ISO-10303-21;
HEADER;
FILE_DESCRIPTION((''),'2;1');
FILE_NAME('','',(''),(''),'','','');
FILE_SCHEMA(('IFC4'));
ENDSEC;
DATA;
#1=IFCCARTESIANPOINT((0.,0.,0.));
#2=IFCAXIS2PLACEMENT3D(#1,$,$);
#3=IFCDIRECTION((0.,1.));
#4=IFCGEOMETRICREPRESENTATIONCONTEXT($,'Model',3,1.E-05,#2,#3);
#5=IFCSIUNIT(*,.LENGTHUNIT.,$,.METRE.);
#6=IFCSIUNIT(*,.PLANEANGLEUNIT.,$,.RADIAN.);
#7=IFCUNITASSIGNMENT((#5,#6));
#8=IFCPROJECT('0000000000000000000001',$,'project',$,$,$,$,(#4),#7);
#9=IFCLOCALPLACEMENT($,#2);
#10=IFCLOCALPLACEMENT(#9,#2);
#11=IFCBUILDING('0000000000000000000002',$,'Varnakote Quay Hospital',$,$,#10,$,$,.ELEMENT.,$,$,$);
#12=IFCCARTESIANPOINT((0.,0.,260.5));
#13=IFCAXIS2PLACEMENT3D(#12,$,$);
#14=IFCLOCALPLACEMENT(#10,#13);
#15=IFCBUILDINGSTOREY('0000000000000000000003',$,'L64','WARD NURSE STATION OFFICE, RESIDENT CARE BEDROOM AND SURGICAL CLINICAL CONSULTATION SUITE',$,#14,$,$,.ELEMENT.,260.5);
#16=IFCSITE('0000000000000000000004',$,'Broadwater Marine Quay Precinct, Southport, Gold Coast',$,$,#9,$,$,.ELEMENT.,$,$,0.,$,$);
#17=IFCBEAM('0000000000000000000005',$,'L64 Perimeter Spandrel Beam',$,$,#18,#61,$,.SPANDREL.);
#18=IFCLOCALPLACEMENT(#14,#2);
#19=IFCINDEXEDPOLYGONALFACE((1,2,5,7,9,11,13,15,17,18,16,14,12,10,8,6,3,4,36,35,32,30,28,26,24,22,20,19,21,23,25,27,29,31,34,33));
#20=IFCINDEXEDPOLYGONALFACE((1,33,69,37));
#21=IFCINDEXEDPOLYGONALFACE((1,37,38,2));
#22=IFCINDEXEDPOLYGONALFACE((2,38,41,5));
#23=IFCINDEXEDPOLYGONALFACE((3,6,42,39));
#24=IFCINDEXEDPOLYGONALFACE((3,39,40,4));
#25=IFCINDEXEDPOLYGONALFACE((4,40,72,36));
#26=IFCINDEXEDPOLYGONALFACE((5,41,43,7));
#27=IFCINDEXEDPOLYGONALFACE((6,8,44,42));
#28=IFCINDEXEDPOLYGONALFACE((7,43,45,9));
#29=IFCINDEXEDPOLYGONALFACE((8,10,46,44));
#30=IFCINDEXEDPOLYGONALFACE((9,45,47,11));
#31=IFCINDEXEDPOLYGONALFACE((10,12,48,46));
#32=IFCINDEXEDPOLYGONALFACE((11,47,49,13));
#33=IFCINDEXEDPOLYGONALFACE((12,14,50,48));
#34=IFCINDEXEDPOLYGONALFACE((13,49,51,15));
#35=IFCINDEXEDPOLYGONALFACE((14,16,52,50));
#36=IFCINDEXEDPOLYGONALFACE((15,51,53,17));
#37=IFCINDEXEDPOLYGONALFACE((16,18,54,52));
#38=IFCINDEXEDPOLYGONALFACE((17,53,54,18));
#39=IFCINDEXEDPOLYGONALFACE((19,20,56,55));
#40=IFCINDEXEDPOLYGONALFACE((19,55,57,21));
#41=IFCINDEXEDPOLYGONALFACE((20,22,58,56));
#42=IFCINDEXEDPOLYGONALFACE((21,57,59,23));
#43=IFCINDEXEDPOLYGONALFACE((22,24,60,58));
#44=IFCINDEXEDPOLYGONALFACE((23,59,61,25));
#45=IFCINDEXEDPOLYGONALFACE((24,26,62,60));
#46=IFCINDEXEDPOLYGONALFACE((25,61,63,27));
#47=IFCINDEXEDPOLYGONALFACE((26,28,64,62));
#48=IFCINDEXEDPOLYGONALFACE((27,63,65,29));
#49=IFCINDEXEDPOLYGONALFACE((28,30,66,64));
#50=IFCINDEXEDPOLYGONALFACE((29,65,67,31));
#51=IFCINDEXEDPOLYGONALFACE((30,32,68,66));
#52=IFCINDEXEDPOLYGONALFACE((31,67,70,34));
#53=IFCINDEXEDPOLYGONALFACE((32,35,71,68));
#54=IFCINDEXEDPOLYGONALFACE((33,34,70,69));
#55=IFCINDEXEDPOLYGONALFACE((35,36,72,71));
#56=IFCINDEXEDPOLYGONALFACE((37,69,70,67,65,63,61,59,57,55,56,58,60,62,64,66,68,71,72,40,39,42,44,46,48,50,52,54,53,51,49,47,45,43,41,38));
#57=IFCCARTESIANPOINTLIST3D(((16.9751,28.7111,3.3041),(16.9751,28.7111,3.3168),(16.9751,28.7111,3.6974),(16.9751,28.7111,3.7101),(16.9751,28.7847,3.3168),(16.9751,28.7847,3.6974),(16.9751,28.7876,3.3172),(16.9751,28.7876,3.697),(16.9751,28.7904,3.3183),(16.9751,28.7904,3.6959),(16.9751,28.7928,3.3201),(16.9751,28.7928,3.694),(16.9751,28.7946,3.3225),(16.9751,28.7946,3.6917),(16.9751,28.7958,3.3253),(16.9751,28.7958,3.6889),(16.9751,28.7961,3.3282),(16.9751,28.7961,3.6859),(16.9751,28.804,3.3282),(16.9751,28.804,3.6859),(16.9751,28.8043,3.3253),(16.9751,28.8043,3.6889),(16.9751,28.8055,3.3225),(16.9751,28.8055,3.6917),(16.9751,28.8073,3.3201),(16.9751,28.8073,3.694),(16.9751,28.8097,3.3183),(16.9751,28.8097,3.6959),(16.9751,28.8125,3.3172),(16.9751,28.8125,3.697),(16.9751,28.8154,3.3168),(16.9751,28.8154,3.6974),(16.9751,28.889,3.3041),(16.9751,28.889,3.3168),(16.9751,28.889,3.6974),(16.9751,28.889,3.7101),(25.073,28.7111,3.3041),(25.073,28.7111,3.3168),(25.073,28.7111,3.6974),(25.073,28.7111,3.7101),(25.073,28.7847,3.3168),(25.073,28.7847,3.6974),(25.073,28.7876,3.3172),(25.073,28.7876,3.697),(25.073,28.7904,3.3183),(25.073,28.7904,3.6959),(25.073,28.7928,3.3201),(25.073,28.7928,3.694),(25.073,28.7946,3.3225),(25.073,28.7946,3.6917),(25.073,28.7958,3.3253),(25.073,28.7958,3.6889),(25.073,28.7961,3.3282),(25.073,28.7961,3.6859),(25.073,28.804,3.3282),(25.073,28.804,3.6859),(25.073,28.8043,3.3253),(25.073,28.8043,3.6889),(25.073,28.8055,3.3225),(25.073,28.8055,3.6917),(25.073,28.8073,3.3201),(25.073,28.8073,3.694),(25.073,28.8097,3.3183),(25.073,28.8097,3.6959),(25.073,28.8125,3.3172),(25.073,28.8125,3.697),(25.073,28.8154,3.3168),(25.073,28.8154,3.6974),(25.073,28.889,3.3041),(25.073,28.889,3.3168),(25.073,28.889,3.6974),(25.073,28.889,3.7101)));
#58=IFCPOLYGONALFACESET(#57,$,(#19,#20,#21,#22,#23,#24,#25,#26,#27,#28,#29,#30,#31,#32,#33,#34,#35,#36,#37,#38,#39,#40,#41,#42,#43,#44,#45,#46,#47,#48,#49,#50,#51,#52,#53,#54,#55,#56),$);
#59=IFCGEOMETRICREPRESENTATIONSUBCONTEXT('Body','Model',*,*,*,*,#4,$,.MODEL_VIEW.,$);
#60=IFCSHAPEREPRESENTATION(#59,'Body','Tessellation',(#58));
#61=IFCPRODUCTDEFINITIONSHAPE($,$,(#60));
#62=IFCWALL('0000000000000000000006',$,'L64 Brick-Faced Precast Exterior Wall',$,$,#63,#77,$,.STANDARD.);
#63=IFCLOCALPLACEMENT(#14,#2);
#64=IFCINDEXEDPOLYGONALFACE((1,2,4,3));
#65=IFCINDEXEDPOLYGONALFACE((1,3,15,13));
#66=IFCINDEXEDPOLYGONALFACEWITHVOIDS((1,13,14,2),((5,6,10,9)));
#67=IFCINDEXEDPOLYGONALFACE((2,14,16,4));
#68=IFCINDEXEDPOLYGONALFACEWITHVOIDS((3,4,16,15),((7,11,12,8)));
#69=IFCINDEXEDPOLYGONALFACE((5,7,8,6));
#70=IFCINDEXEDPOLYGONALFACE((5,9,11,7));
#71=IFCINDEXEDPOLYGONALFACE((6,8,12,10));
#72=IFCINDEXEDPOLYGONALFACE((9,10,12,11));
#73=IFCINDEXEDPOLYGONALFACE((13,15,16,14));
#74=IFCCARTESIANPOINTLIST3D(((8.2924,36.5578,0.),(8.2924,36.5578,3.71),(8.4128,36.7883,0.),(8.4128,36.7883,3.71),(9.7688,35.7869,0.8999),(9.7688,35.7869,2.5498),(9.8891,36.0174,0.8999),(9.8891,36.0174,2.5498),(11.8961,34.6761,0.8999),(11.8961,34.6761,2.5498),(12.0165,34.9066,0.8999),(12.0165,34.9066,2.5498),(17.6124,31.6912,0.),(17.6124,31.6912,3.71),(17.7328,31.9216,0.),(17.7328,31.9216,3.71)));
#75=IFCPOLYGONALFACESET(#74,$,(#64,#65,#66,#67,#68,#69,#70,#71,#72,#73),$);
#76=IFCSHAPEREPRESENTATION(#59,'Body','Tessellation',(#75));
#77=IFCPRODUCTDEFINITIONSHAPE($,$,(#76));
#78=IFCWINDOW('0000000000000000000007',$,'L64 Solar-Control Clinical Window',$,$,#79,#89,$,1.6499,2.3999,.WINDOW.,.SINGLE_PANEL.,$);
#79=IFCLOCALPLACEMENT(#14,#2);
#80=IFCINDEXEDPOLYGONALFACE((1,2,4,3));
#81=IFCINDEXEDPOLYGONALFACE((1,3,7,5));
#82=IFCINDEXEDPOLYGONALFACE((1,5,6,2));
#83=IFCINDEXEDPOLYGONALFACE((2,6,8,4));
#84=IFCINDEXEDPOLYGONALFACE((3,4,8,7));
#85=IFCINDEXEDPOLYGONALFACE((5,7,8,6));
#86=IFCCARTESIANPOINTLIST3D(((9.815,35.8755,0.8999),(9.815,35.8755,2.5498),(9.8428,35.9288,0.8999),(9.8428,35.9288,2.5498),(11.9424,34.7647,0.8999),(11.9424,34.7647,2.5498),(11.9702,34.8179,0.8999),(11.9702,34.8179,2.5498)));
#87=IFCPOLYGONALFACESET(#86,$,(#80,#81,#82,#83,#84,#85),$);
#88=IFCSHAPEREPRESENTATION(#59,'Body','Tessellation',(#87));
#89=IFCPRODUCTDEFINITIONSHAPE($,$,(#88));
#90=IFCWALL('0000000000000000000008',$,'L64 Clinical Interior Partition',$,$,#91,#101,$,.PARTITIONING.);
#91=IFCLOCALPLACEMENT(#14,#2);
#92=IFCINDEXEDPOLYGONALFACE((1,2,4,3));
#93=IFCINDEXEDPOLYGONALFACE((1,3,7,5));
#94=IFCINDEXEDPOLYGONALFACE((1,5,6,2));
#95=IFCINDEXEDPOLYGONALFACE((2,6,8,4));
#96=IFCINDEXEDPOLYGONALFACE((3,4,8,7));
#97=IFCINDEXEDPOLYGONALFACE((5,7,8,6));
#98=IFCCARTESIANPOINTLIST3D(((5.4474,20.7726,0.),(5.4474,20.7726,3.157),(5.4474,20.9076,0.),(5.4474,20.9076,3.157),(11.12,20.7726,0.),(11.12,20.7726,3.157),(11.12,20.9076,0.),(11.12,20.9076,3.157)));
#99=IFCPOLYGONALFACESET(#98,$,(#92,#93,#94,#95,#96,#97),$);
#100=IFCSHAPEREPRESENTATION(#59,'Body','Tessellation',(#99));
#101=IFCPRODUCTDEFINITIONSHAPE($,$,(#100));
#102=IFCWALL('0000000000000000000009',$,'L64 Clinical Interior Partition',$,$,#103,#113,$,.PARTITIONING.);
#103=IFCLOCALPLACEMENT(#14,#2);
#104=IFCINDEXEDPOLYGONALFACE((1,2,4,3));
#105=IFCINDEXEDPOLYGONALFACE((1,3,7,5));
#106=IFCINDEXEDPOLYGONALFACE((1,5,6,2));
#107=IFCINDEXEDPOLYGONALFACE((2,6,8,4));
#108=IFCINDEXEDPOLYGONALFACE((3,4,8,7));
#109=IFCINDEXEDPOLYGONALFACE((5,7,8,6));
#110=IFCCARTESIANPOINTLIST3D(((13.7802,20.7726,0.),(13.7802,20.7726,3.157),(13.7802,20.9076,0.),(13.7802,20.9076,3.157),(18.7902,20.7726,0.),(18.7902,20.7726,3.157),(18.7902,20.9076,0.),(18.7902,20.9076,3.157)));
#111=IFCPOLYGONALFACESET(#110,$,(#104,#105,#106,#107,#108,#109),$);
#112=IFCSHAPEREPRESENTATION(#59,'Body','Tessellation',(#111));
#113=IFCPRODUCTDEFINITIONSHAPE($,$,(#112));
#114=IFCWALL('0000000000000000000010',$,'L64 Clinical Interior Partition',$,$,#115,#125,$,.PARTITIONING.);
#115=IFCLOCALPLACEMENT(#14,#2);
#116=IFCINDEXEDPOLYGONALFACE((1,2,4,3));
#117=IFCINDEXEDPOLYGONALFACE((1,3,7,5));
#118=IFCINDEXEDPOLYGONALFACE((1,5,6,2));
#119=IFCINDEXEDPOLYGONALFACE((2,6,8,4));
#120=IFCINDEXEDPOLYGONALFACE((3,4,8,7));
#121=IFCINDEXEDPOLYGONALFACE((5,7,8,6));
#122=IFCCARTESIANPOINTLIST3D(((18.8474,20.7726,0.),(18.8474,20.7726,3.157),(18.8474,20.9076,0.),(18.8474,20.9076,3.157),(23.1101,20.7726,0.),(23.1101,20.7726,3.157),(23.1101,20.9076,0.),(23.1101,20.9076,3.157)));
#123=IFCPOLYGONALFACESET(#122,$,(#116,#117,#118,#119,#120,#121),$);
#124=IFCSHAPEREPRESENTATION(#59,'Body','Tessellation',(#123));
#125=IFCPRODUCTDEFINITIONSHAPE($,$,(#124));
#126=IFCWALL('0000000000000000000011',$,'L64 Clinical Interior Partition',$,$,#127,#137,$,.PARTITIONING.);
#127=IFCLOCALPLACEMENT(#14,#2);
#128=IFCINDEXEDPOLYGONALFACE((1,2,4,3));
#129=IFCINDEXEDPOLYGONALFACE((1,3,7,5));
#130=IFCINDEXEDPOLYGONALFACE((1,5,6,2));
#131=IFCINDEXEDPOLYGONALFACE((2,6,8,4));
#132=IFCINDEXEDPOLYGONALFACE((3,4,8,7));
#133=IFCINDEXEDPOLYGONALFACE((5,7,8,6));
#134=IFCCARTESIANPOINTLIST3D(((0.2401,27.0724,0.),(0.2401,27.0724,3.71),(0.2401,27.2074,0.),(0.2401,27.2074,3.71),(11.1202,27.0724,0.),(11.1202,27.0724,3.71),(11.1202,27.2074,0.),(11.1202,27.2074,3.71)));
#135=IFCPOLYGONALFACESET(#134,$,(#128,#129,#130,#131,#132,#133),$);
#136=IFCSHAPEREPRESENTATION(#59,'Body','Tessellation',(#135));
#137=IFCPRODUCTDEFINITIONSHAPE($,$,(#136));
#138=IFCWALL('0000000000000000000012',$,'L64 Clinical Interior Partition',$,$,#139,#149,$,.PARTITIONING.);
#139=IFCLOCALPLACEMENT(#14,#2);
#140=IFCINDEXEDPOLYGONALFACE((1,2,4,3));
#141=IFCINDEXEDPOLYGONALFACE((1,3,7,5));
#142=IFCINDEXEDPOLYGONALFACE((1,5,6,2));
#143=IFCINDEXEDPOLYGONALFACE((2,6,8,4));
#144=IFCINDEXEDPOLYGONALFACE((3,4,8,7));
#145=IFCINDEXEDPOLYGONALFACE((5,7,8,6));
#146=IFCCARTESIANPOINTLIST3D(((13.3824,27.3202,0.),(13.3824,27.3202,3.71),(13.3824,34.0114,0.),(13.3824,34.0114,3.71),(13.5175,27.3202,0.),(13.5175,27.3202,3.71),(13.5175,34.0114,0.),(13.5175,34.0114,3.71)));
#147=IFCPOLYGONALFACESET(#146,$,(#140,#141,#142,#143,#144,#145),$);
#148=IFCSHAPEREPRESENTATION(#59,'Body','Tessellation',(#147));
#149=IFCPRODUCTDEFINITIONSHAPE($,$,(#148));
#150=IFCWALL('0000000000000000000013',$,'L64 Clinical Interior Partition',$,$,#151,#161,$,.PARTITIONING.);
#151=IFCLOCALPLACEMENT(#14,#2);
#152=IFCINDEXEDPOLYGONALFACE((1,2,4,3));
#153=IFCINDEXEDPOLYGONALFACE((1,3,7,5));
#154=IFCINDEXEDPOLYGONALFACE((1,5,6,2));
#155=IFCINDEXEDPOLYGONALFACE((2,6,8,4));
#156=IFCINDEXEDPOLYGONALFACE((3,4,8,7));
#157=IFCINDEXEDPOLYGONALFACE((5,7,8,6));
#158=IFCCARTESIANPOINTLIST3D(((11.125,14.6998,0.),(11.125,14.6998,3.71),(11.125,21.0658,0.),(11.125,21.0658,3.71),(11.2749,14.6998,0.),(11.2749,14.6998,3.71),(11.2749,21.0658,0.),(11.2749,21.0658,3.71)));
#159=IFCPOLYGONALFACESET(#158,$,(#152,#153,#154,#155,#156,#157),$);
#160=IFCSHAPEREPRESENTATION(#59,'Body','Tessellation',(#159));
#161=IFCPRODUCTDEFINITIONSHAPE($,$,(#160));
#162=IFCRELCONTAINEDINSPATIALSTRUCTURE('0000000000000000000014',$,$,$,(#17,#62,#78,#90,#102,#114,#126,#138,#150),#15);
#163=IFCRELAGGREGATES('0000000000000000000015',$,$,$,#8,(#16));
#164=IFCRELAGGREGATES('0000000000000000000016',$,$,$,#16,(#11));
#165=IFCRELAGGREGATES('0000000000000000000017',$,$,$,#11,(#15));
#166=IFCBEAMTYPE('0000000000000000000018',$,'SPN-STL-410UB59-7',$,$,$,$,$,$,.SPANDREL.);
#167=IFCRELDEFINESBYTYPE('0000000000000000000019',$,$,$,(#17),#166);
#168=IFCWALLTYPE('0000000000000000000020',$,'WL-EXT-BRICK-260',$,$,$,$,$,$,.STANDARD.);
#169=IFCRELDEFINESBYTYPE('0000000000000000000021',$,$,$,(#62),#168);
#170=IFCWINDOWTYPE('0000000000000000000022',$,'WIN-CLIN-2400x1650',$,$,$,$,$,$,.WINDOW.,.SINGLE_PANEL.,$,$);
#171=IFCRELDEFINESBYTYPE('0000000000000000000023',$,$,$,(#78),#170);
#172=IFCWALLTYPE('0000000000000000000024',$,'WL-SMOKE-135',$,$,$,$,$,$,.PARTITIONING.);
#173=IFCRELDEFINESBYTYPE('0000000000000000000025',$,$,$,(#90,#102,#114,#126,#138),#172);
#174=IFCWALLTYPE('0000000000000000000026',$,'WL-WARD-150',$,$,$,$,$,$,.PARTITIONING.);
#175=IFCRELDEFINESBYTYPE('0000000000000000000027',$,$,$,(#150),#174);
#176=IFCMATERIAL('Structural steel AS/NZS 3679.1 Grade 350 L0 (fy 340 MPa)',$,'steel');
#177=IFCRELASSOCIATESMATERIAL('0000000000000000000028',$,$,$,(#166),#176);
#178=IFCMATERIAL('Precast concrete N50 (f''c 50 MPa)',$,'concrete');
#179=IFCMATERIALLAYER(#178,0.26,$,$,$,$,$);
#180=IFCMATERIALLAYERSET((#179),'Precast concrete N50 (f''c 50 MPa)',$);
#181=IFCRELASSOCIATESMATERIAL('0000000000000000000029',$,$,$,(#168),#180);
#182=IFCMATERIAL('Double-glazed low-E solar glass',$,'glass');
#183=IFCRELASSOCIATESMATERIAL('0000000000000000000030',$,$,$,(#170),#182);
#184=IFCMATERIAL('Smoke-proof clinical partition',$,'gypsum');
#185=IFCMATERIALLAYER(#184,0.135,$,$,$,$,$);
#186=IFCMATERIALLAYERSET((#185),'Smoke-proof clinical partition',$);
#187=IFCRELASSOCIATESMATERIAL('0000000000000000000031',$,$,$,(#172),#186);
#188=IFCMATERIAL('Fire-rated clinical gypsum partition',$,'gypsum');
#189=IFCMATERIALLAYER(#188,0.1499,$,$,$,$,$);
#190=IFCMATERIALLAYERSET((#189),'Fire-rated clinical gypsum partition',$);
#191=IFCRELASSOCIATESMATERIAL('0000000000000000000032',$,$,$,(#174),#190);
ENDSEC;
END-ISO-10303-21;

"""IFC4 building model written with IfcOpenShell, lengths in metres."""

from ifc_helpers import new_model, si_unit, direction, frame, frame_2d, origin, origin_2d, place, context, subcontext, project, spatial, rectangle, i_section, extrude, material, layer, layer_set, material_profile, profile_set, type_object, element, fill, save


model = new_model("IFC4")

# Units and contexts
model_context = context("Model", 3, precision=1e-05, world=origin(), true_north=direction((0.0, 1.0)))
body_context = subcontext(model_context, "Body", "Model", "MODEL_VIEW")
ifc_project = project(units=[si_unit("LENGTHUNIT", "METRE"), si_unit("PLANEANGLEUNIT", "RADIAN")], contexts=[model_context])

# Site, building, storey
site_placement = place(None, origin())
site = spatial("IfcSite", under=ifc_project, at=site_placement, Name="Broadwater Marine Quay Precinct, Southport, Gold Coast", CompositionType="ELEMENT", RefElevation=0.0)
building_placement = place(site_placement, origin())
building = spatial("IfcBuilding", under=site, at=building_placement, Name="Varnakote Quay Hospital", CompositionType="ELEMENT")
storey_placement = place(building_placement, frame((0.0, 0.0, 260.5)))
storey = spatial("IfcBuildingStorey", under=building, at=storey_placement, Name="L64", Description="WARD NURSE STATION OFFICE, RESIDENT CARE BEDROOM AND SURGICAL CLINICAL CONSULTATION SUITE", CompositionType="ELEMENT", Elevation=260.5)

# Beam
ifc_material_1 = material(Name="Structural steel AS/NZS 3679.1 Grade 350 L0 (fy 340 MPa)", Category="steel")
ifc_material_profile_1 = material_profile(ifc_material_1, i_section(OverallWidth=0.178, OverallDepth=0.406, WebThickness=0.0078, FlangeThickness=0.0127, FilletRadius=0.0115, at=origin_2d()), Name="410UB59.7")
ifc_profile_set_1 = profile_set([ifc_material_profile_1], Name="Structural steel AS/NZS 3679.1 Grade 350 L0 (fy 340 MPa)")
beam_type_1 = type_object("IfcBeamType", Name="SPN-STL-410UB59-7", PredefinedType="SPANDREL", material=ifc_profile_set_1)
beam_1_placement = place(storey_placement, frame((16.9751, 28.8, 3.5071), z_axis=(1.0, 0.0, 0.0), x_axis=(0.0, 1.0, 0.0)))
element("IfcBeam", 1, at=beam_1_placement, inside=storey, type_object=beam_type_1, Name="L64 Perimeter Spandrel Beam", PredefinedType="SPANDREL", context=body_context, shape_type="SweptSolid", body=[
    extrude(i_section(OverallWidth=0.178, OverallDepth=0.406, WebThickness=0.0078, FlangeThickness=0.0127, FilletRadius=0.0115, at=origin_2d()), origin(), (0.0, 0.0, 1.0), 8.0979),
])

# Wall, opening, window
ifc_material_2 = material(Name="Precast concrete N50 (f'c 50 MPa)", Category="concrete")
ifc_layer_1 = layer(ifc_material_2, 0.26)
ifc_layer_set_1 = layer_set([ifc_layer_1], Name="Precast concrete N50 (f'c 50 MPa)")
wall_type_1 = type_object("IfcWallType", Name="WL-EXT-BRICK-260", PredefinedType="STANDARD", material=ifc_layer_set_1)
wall_1_placement = place(storey_placement, frame((17.6726, 31.8064, 0.0), z_axis=(0.0, 0.0, 1.0), x_axis=(-0.886427, 0.462869, 0.0)))
wall_1 = element("IfcWall", 2, at=wall_1_placement, inside=storey, type_object=wall_type_1, Name="L64 Brick-Faced Precast Exterior Wall", PredefinedType="STANDARD", context=body_context, shape_type="SweptSolid", body=[
    extrude(rectangle(XDim=10.5142, YDim=0.26, at=frame_2d((5.2571, 0.0))), origin(), (0.0, 0.0, 1.0), 3.71),
])
opening_1_placement = place(wall_1_placement, frame((6.4487, 0.0, 0.8999)))
opening_1 = element("IfcOpeningElement", 3, at=opening_1_placement, cuts=wall_1, PredefinedType="OPENING", context=body_context, shape_type="SweptSolid", body=[
    extrude(rectangle(XDim=2.3999, YDim=1.6499, at=frame_2d((1.2, 0.825))), frame((0.0, 0.1399, 0.0), z_axis=(0.0, -1.0, 0.0), x_axis=(1.0, 0.0, 0.0)), (0.0, 0.0, 1.0), 0.28),
])
ifc_material_3 = material(Name="Double-glazed low-E solar glass", Category="glass")
window_type = type_object("IfcWindowType", Name="WIN-CLIN-2400x1650", PartitioningType="SINGLE_PANEL", PredefinedType="WINDOW", material=ifc_material_3)
window_placement = place(opening_1_placement, origin())
window = element("IfcWindow", 4, at=window_placement, inside=storey, type_object=window_type, Name="L64 Solar-Control Clinical Window", OverallHeight=1.6499, OverallWidth=2.3999, PartitioningType="SINGLE_PANEL", PredefinedType="WINDOW", context=body_context, shape_type="SweptSolid", body=[
    extrude(rectangle(XDim=2.3999, YDim=1.6499, at=frame_2d((1.2, 0.825))), frame((0.0, 0.03, 0.0), z_axis=(0.0, -1.0, 0.0), x_axis=(1.0, 0.0, 0.0)), (0.0, 0.0, 1.0), 0.0601),
])
fill(opening_1, window)

# Walls
ifc_material_4 = material(Name="Smoke-proof clinical partition", Category="gypsum")
ifc_layer_2 = layer(ifc_material_4, 0.135)
ifc_layer_set_2 = layer_set([ifc_layer_2], Name="Smoke-proof clinical partition")
wall_type_2 = type_object("IfcWallType", Name="WL-SMOKE-135", PredefinedType="PARTITIONING", material=ifc_layer_set_2)
wall_2_placement = place(storey_placement, frame((11.1201, 20.8401, 0.0), z_axis=(0.0, 0.0, 1.0), x_axis=(-1.0, 0.0, 0.0)))
element("IfcWall", 5, at=wall_2_placement, inside=storey, type_object=wall_type_2, Name="L64 Clinical Interior Partition", PredefinedType="PARTITIONING", context=body_context, shape_type="SweptSolid", body=[
    extrude(rectangle(XDim=5.6726, YDim=0.135, at=frame_2d((2.8364, 0.0))), origin(), (0.0, 0.0, 1.0), 3.157),
])
wall_3_placement = place(storey_placement, frame((18.79, 20.8401, 0.0), z_axis=(0.0, 0.0, 1.0), x_axis=(-1.0, 0.0, 0.0)))
element("IfcWall", 6, at=wall_3_placement, inside=storey, type_object=wall_type_2, Name="L64 Clinical Interior Partition", PredefinedType="PARTITIONING", context=body_context, shape_type="SweptSolid", body=[
    extrude(rectangle(XDim=5.01, YDim=0.135, at=frame_2d((2.5049, 0.0))), origin(), (0.0, 0.0, 1.0), 3.157),
])
wall_4_placement = place(storey_placement, frame((23.1101, 20.8401, 0.0), z_axis=(0.0, 0.0, 1.0), x_axis=(-1.0, 0.0, 0.0)))
element("IfcWall", 7, at=wall_4_placement, inside=storey, type_object=wall_type_2, Name="L64 Clinical Interior Partition", PredefinedType="PARTITIONING", context=body_context, shape_type="SweptSolid", body=[
    extrude(rectangle(XDim=4.2627, YDim=0.135, at=frame_2d((2.1313, 0.0))), origin(), (0.0, 0.0, 1.0), 3.157),
])
wall_5_placement = place(storey_placement, frame((11.1201, 27.1399, 0.0), z_axis=(0.0, 0.0, 1.0), x_axis=(-1.0, 0.0, 0.0)))
element("IfcWall", 8, at=wall_5_placement, inside=storey, type_object=wall_type_2, Name="L64 Clinical Interior Partition", PredefinedType="PARTITIONING", context=body_context, shape_type="SweptSolid", body=[
    extrude(rectangle(XDim=10.8801, YDim=0.135, at=frame_2d((5.4399, 0.0))), origin(), (0.0, 0.0, 1.0), 3.71),
])
wall_6_placement = place(storey_placement, frame((13.45, 27.3201, 0.0), z_axis=(0.0, 0.0, 1.0), x_axis=(0.0, 1.0, 0.0)))
element("IfcWall", 9, at=wall_6_placement, inside=storey, type_object=wall_type_2, Name="L64 Clinical Interior Partition", PredefinedType="PARTITIONING", context=body_context, shape_type="SweptSolid", body=[
    extrude(rectangle(XDim=6.6912, YDim=0.135, at=frame_2d((3.3457, 0.0))), origin(), (0.0, 0.0, 1.0), 3.71),
])
ifc_material_5 = material(Name="Fire-rated clinical gypsum partition", Category="gypsum")
ifc_layer_3 = layer(ifc_material_5, 0.1499)
ifc_layer_set_3 = layer_set([ifc_layer_3], Name="Fire-rated clinical gypsum partition")
wall_type_3 = type_object("IfcWallType", Name="WL-WARD-150", PredefinedType="PARTITIONING", material=ifc_layer_set_3)
wall_7_placement = place(storey_placement, frame((11.2, 21.0659, 0.0), z_axis=(0.0, 0.0, 1.0), x_axis=(0.0, -1.0, 0.0)))
element("IfcWall", 10, at=wall_7_placement, inside=storey, type_object=wall_type_3, Name="L64 Clinical Interior Partition", PredefinedType="PARTITIONING", context=body_context, shape_type="SweptSolid", body=[
    extrude(rectangle(XDim=6.366, YDim=0.1499, at=frame_2d((3.1831, 0.0))), origin(), (0.0, 0.0, 1.0), 3.71),
])

save(model, "model.ifc")
